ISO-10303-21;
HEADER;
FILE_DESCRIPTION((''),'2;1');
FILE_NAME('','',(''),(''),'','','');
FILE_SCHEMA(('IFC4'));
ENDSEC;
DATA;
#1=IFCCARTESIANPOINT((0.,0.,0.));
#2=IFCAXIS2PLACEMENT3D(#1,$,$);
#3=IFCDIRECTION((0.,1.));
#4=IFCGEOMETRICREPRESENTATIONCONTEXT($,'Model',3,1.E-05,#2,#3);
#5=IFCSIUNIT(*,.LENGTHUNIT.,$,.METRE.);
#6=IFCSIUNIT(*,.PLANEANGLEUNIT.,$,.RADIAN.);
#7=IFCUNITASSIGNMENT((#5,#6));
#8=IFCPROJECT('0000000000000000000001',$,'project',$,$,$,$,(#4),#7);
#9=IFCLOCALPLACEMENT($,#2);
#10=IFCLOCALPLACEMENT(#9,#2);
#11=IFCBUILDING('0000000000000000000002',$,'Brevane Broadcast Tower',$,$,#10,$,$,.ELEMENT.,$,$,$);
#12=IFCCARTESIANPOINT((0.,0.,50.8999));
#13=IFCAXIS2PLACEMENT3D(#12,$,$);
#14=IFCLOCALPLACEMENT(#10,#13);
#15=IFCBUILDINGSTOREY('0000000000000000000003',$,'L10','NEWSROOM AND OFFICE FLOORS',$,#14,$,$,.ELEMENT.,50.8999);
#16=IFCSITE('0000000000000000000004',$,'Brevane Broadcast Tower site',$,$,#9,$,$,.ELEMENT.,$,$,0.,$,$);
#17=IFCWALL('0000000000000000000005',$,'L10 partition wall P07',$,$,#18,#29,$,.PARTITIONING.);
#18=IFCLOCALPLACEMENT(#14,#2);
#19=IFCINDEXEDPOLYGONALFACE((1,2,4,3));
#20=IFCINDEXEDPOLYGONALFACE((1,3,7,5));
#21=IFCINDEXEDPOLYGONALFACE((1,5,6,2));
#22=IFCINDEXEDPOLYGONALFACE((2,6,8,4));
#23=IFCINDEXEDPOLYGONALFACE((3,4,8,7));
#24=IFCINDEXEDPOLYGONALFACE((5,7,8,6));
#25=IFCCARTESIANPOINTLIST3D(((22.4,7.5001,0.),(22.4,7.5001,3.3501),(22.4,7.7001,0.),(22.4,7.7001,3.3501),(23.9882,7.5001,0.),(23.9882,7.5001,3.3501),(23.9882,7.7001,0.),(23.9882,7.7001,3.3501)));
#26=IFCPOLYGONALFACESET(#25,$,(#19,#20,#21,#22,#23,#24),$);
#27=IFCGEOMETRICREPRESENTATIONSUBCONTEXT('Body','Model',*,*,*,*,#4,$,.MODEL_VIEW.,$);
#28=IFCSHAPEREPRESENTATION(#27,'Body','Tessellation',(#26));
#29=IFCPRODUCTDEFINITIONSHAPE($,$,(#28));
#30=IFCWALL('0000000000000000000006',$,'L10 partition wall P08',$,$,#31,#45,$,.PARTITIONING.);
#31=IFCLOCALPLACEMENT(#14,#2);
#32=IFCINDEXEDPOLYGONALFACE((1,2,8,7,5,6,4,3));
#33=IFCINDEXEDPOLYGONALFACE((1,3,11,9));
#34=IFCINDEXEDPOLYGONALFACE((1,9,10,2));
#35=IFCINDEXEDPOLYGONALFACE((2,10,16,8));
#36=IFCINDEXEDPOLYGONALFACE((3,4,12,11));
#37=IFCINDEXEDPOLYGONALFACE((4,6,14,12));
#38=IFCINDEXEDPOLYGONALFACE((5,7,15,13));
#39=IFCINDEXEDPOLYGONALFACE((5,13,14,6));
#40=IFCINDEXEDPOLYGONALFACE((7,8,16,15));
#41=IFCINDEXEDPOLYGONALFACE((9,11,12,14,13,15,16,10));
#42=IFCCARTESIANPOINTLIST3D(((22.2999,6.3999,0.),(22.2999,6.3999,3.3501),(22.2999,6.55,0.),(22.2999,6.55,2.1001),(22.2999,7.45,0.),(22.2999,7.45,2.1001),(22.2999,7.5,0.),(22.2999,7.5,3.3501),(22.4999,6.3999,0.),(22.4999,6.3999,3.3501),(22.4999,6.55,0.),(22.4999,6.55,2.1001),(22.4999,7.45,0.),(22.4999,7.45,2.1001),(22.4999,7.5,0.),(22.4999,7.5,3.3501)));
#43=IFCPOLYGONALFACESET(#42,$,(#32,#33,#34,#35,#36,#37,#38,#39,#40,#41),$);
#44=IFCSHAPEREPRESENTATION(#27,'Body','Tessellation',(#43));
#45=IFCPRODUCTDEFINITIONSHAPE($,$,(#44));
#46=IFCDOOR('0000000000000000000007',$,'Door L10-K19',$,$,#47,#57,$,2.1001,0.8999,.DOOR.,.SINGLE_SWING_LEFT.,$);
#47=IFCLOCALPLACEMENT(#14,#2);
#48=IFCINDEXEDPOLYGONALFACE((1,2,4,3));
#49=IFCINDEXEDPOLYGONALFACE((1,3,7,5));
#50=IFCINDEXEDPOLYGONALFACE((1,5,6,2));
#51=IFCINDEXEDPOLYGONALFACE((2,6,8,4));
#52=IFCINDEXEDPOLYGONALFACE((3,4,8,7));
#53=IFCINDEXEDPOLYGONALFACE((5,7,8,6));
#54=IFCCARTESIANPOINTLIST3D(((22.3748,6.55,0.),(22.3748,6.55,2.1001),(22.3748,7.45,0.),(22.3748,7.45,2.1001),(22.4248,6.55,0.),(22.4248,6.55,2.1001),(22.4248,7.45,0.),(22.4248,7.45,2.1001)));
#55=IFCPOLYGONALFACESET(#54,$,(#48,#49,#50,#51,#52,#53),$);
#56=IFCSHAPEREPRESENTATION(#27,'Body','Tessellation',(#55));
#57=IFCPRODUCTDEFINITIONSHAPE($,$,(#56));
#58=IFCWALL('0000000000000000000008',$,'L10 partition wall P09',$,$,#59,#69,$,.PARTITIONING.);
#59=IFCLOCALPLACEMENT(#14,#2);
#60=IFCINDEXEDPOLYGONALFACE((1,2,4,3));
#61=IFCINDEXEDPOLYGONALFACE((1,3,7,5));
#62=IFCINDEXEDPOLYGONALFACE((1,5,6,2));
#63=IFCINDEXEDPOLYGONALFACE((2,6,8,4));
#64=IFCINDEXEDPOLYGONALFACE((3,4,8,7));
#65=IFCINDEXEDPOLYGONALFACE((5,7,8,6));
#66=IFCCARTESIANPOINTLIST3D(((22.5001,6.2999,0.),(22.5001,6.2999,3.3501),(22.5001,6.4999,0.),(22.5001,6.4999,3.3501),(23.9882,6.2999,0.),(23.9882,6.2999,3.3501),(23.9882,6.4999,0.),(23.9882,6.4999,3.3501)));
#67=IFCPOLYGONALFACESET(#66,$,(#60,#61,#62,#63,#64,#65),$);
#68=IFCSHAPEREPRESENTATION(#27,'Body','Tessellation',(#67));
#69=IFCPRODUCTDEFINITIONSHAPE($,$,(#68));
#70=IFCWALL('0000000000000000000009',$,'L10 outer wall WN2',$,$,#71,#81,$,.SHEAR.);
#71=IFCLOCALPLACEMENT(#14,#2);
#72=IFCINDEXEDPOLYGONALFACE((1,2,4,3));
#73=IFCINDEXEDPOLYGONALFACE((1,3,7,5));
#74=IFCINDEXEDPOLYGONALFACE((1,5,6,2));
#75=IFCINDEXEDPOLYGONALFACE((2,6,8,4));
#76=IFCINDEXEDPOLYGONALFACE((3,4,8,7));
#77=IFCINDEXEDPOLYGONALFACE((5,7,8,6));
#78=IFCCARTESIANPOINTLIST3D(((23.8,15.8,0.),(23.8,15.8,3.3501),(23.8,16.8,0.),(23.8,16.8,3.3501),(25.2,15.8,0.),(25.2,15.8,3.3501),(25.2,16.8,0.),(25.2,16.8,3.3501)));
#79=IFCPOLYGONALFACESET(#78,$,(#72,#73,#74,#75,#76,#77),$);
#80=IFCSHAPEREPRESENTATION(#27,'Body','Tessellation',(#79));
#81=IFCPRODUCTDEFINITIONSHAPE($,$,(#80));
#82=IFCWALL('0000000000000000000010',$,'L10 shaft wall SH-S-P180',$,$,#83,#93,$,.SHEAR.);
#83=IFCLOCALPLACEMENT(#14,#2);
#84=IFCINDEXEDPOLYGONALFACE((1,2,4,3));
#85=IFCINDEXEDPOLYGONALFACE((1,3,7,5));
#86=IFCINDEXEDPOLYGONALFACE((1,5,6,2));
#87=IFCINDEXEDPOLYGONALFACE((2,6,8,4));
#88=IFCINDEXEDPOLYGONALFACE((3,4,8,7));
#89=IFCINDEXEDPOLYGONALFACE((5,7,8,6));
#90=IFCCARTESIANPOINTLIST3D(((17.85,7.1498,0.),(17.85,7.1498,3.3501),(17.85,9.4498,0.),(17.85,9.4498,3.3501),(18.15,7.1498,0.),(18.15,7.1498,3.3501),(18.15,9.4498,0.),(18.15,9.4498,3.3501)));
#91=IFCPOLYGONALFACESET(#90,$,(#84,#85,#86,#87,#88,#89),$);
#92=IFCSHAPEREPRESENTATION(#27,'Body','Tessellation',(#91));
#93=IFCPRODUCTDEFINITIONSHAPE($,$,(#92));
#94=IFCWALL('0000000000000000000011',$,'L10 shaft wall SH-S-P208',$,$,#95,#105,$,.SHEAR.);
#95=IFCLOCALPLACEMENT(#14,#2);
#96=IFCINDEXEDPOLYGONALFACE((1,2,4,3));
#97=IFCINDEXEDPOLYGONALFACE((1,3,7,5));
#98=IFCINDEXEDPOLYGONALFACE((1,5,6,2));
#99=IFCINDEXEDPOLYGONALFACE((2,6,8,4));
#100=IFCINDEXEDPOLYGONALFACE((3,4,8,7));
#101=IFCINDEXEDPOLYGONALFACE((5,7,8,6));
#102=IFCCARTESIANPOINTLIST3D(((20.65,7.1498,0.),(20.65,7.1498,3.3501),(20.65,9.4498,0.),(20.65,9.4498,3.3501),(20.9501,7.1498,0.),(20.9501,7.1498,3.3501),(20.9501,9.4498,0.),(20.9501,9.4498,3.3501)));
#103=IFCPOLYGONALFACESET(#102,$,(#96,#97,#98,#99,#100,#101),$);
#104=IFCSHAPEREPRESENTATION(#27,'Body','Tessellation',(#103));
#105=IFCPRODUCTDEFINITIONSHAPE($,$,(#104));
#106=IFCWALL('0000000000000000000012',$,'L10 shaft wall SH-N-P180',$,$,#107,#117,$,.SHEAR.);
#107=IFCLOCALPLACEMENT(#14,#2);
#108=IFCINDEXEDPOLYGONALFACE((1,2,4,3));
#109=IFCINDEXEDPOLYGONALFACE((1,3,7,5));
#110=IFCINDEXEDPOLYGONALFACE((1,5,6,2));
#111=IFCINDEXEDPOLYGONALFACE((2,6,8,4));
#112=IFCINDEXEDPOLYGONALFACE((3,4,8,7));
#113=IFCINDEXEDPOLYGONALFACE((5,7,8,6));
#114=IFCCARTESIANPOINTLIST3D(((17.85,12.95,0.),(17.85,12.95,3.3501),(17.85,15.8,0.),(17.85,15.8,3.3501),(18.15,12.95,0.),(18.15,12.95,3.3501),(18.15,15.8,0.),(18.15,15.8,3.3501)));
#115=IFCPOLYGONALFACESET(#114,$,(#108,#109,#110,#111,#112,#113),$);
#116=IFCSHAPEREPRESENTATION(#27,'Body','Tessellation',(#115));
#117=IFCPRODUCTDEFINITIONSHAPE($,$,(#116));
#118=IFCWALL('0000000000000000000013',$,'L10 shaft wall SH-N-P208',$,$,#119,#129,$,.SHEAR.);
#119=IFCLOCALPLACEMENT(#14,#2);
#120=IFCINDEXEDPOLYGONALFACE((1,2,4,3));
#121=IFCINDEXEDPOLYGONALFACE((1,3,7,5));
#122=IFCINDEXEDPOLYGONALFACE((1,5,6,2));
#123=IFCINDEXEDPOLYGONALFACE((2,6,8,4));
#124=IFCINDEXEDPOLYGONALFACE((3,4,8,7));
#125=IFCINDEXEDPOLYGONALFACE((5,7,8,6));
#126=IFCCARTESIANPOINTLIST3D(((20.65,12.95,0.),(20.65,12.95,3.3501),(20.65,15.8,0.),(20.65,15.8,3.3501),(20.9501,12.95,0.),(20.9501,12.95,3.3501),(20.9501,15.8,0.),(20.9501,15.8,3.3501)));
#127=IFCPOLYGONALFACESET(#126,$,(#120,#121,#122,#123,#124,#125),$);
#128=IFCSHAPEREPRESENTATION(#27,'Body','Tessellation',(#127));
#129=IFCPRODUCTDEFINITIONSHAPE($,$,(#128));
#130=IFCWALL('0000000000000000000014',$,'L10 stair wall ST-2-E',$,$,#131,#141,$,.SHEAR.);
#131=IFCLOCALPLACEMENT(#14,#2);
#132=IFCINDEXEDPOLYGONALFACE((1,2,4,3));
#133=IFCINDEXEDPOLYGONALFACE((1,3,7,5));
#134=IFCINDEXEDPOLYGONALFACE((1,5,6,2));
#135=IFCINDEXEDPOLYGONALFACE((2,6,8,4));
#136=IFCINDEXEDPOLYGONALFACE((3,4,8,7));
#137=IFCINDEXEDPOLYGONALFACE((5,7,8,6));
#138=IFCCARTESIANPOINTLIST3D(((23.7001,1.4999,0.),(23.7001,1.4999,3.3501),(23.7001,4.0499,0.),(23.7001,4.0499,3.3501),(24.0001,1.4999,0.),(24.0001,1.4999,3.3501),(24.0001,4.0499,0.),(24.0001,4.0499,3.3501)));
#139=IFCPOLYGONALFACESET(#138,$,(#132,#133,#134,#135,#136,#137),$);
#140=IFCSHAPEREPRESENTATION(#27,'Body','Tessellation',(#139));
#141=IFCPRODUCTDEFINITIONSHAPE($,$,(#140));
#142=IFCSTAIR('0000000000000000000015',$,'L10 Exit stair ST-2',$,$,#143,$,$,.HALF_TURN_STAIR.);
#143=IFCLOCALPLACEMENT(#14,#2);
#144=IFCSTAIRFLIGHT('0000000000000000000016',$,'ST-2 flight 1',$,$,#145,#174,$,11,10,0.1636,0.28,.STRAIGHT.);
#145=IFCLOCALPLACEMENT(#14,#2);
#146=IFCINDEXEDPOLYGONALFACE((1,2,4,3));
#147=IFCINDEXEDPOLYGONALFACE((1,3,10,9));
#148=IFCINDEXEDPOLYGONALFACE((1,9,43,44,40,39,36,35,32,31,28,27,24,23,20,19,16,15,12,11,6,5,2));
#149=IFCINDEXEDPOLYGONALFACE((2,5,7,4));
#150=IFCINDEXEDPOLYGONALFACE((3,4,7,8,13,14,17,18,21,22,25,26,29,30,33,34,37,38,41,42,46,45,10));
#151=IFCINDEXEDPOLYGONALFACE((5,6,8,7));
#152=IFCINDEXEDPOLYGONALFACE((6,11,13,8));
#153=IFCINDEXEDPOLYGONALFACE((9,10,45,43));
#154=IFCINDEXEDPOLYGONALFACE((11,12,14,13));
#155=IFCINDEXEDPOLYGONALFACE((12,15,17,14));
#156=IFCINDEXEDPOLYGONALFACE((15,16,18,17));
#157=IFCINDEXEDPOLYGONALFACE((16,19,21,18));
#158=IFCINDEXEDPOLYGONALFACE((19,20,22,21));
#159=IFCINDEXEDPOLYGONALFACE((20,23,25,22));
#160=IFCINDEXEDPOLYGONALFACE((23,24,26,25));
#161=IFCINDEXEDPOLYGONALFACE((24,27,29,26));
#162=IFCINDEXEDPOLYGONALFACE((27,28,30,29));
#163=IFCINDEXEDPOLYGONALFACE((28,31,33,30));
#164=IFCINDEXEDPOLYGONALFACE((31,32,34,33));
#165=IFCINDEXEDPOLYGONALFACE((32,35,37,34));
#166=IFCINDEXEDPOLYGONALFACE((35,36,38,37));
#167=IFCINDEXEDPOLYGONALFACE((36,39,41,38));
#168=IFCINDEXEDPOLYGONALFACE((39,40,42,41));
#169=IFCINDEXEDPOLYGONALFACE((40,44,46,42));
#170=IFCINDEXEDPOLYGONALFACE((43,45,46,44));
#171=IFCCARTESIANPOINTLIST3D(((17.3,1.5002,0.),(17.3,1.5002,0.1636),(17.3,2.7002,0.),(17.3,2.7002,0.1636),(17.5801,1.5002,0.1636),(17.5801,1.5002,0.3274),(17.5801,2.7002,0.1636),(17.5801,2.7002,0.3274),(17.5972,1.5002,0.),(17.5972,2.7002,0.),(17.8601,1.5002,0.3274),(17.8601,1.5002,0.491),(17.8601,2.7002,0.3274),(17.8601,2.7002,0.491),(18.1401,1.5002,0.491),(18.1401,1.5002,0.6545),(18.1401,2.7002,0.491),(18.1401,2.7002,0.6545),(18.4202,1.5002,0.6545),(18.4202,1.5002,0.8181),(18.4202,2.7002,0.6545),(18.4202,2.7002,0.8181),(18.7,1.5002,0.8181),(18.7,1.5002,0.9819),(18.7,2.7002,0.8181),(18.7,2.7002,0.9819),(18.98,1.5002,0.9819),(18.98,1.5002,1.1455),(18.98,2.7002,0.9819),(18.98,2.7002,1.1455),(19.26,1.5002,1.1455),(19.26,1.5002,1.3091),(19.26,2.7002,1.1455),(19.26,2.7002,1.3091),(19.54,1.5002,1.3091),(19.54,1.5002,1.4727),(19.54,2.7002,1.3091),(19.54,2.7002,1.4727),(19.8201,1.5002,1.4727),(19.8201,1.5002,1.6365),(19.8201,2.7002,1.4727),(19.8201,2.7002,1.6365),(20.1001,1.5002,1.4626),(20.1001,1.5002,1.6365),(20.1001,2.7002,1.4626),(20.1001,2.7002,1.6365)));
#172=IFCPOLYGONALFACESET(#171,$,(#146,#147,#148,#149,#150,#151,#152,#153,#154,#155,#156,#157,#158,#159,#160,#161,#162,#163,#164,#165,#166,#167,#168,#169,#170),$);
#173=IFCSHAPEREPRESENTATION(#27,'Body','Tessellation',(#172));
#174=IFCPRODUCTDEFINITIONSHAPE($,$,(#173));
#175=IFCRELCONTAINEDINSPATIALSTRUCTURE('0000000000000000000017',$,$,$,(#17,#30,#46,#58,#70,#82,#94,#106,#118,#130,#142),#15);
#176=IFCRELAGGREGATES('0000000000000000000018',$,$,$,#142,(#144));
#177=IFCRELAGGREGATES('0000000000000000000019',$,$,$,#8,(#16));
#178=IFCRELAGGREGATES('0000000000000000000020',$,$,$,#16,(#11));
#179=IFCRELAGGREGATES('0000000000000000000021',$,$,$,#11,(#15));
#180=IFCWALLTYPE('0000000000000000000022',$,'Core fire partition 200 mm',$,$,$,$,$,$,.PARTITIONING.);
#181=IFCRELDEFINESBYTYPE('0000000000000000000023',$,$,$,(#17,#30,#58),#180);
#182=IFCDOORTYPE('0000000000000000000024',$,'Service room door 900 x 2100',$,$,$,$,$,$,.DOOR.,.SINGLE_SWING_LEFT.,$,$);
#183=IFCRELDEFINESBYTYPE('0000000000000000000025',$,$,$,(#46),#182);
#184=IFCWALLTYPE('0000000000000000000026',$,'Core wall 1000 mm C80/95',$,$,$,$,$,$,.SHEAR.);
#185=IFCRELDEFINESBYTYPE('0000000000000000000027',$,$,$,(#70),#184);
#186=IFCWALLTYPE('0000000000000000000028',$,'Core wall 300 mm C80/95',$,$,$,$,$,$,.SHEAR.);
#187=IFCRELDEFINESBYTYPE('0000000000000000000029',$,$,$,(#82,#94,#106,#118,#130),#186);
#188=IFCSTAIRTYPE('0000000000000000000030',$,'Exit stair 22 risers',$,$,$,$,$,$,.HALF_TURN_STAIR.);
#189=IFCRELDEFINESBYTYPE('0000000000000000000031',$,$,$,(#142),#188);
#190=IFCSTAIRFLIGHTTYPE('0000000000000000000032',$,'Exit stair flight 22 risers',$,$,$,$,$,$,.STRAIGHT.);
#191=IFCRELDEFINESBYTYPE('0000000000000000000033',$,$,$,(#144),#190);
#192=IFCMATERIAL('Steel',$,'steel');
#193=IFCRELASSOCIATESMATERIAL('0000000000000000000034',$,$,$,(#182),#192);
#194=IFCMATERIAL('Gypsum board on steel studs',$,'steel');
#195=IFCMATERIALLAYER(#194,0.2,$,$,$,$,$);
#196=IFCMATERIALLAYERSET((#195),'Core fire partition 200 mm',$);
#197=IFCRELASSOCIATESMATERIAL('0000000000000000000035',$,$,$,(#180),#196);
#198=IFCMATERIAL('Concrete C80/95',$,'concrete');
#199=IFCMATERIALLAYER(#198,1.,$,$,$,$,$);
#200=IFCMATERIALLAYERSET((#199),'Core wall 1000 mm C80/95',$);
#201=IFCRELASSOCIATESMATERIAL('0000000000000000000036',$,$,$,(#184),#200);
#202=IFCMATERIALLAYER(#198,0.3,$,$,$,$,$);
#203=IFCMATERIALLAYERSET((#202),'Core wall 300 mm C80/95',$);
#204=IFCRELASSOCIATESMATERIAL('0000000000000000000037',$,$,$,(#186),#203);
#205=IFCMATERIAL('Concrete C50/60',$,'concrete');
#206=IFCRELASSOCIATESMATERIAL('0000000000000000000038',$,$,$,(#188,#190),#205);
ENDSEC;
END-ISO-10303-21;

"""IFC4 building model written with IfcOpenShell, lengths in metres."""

from ifc_helpers import new_model, si_unit, direction, frame, frame_2d, origin, place, context, subcontext, project, spatial, polyline, rectangle, outline, extrude, material, layer, layer_set, type_object, element, fill, aggregate, save


model = new_model("IFC4")

# Units and contexts
model_context = context("Model", 3, precision=1e-05, world=origin(), true_north=direction((0.0, 1.0)))
body_context = subcontext(model_context, "Body", "Model", "MODEL_VIEW")
ifc_project = project(units=[si_unit("LENGTHUNIT", "METRE"), si_unit("PLANEANGLEUNIT", "RADIAN")], contexts=[model_context])

# Site, building, storey
site_placement = place(None, origin())
site = spatial("IfcSite", under=ifc_project, at=site_placement, Name="Brevane Broadcast Tower site", CompositionType="ELEMENT", RefElevation=0.0)
building_placement = place(site_placement, origin())
building = spatial("IfcBuilding", under=site, at=building_placement, Name="Brevane Broadcast Tower", CompositionType="ELEMENT")
storey_placement = place(building_placement, frame((0.0, 0.0, 50.8999)))
storey = spatial("IfcBuildingStorey", under=building, at=storey_placement, Name="L10", Description="NEWSROOM AND OFFICE FLOORS", CompositionType="ELEMENT", Elevation=50.8999)

# Shared definitions
ifc_material_1 = material(Name="Gypsum board on steel studs", Category="steel")
ifc_material_2 = material(Name="Steel", Category="steel")

# Shared definitions
door_type_1 = type_object("IfcDoorType", Name="Service room door 900 x 2100", OperationType="SINGLE_SWING_LEFT", PredefinedType="DOOR", material=ifc_material_2)

# Wall
ifc_layer_1 = layer(ifc_material_1, 0.2)
ifc_layer_set_1 = layer_set([ifc_layer_1], Name="Core fire partition 200 mm")
wall_type_1 = type_object("IfcWallType", Name="Core fire partition 200 mm", PredefinedType="PARTITIONING", material=ifc_layer_set_1)
wall_1_placement = place(storey_placement, frame((23.988, 7.6001, 0.0), z_axis=(0.0, 0.0, 1.0), x_axis=(-1.0, 0.0, 0.0)))
element("IfcWall", 1, at=wall_1_placement, inside=storey, type_object=wall_type_1, Name="L10 partition wall P07", PredefinedType="PARTITIONING", context=body_context, shape_type="SweptSolid", body=[
    extrude(rectangle(XDim=1.5881, YDim=0.2, at=frame_2d((0.7939, 0.0))), origin(), (0.0, 0.0, 1.0), 3.3501),
])

# Wall, opening, door
wall_2_placement = place(storey_placement, frame((22.3999, 7.5, 0.0), z_axis=(0.0, 0.0, 1.0), x_axis=(0.0, -1.0, 0.0)))
wall_2 = element("IfcWall", 2, at=wall_2_placement, inside=storey, type_object=wall_type_1, Name="L10 partition wall P08", PredefinedType="PARTITIONING", context=body_context, shape_type="SweptSolid", body=[
    extrude(rectangle(XDim=1.1001, YDim=0.2, at=frame_2d((0.55, 0.0))), origin(), (0.0, 0.0, 1.0), 3.3501),
])
opening_1_placement = place(wall_2_placement, frame((0.05, 0.0, 0.0)))
opening_1 = element("IfcOpeningElement", 3, at=opening_1_placement, cuts=wall_2, PredefinedType="OPENING", context=body_context, shape_type="SweptSolid", body=[
    extrude(rectangle(XDim=0.8999, YDim=2.1001, at=frame_2d((0.45, 1.05))), frame((0.0, 0.1099, 0.0), z_axis=(0.0, -1.0, 0.0), x_axis=(1.0, 0.0, 0.0)), (0.0, 0.0, 1.0), 0.22),
])
door_1_placement = place(opening_1_placement, origin())
door_1 = element("IfcDoor", 4, at=door_1_placement, inside=storey, type_object=door_type_1, Name="Door L10-K19", OperationType="SINGLE_SWING_LEFT", OverallHeight=2.1001, OverallWidth=0.8999, PredefinedType="DOOR", context=body_context, shape_type="SweptSolid", body=[
    extrude(rectangle(XDim=0.8999, YDim=2.1001, at=frame_2d((0.45, 1.05))), frame((0.0, 0.0249, 0.0), z_axis=(0.0, -1.0, 0.0), x_axis=(1.0, 0.0, 0.0)), (0.0, 0.0, 1.0), 0.05),
])
fill(opening_1, door_1)

# Walls
wall_3_placement = place(storey_placement, frame((22.5, 6.3999, 0.0), z_axis=(0.0, 0.0, 1.0), x_axis=(1.0, 0.0, 0.0)))
element("IfcWall", 5, at=wall_3_placement, inside=storey, type_object=wall_type_1, Name="L10 partition wall P09", PredefinedType="PARTITIONING", context=body_context, shape_type="SweptSolid", body=[
    extrude(rectangle(XDim=1.488, YDim=0.2, at=frame_2d((0.7441, 0.0))), origin(), (0.0, 0.0, 1.0), 3.3501),
])
ifc_material_3 = material(Name="Concrete C80/95", Category="concrete")
ifc_layer_2 = layer(ifc_material_3, 1.0)
ifc_layer_set_2 = layer_set([ifc_layer_2], Name="Core wall 1000 mm C80/95")
wall_type_2 = type_object("IfcWallType", Name="Core wall 1000 mm C80/95", PredefinedType="SHEAR", material=ifc_layer_set_2)
wall_4_placement = place(storey_placement, frame((23.8, 16.3, 0.0), z_axis=(0.0, 0.0, 1.0), x_axis=(1.0, 0.0, 0.0)))
element("IfcWall", 6, at=wall_4_placement, inside=storey, type_object=wall_type_2, Name="L10 outer wall WN2", PredefinedType="SHEAR", context=body_context, shape_type="SweptSolid", body=[
    extrude(rectangle(XDim=1.3999, YDim=1.0, at=frame_2d((0.7, 0.0))), origin(), (0.0, 0.0, 1.0), 3.3501),
])
ifc_layer_3 = layer(ifc_material_3, 0.3)
ifc_layer_set_3 = layer_set([ifc_layer_3], Name="Core wall 300 mm C80/95")
wall_type_3 = type_object("IfcWallType", Name="Core wall 300 mm C80/95", PredefinedType="SHEAR", material=ifc_layer_set_3)
for number, where, z_axis, x_axis, name in (
    (7, (18.0, 7.1499, 0.0), (0.0, 0.0, 1.0), (0.0, 1.0, 0.0), "L10 shaft wall SH-S-P180"),
    (8, (20.8, 7.1499, 0.0), (0.0, 0.0, 1.0), (0.0, 1.0, 0.0), "L10 shaft wall SH-S-P208"),
):
    element("IfcWall", number, at=place(storey_placement, frame(where, z_axis=z_axis, x_axis=x_axis)), inside=storey, type_object=wall_type_3, Name=name, PredefinedType="SHEAR", context=body_context, shape_type="SweptSolid", body=[
        extrude(rectangle(XDim=2.3, YDim=0.3, at=frame_2d((1.1499, 0.0))), origin(), (0.0, 0.0, 1.0), 3.3501),
    ])
for number, where, z_axis, x_axis, name in (
    (9, (18.0, 12.95, 0.0), (0.0, 0.0, 1.0), (0.0, 1.0, 0.0), "L10 shaft wall SH-N-P180"),
    (10, (20.8, 12.95, 0.0), (0.0, 0.0, 1.0), (0.0, 1.0, 0.0), "L10 shaft wall SH-N-P208"),
):
    element("IfcWall", number, at=place(storey_placement, frame(where, z_axis=z_axis, x_axis=x_axis)), inside=storey, type_object=wall_type_3, Name=name, PredefinedType="SHEAR", context=body_context, shape_type="SweptSolid", body=[
        extrude(rectangle(XDim=2.8501, YDim=0.3, at=frame_2d((1.425, 0.0))), origin(), (0.0, 0.0, 1.0), 3.3501),
    ])
wall_5_placement = place(storey_placement, frame((23.8501, 1.5, 0.0), z_axis=(0.0, 0.0, 1.0), x_axis=(0.0, 1.0, 0.0)))
element("IfcWall", 11, at=wall_5_placement, inside=storey, type_object=wall_type_3, Name="L10 stair wall ST-2-E", PredefinedType="SHEAR", context=body_context, shape_type="SweptSolid", body=[
    extrude(rectangle(XDim=2.55, YDim=0.3, at=frame_2d((1.2749, 0.0))), origin(), (0.0, 0.0, 1.0), 3.3501),
])

# Stair, stair flight
ifc_material_4 = material(Name="Concrete C50/60", Category="concrete")
stair_type = type_object("IfcStairType", Name="Exit stair 22 risers", PredefinedType="HALF_TURN_STAIR", material=ifc_material_4)
stair_placement = place(storey_placement, origin())
stair = element("IfcStair", 12, at=stair_placement, inside=storey, type_object=stair_type, Name="L10 Exit stair ST-2", PredefinedType="HALF_TURN_STAIR")
stair_flight_type = type_object("IfcStairFlightType", Name="Exit stair flight 22 risers", PredefinedType="STRAIGHT", material=ifc_material_4)
stair_flight_1_placement = place(storey_placement, frame((17.3, 2.1001, 0.0), z_axis=(0.0, 0.0, 1.0), x_axis=(1.0, 0.0, 0.0)))
stair_flight_1 = element("IfcStairFlight", 13, at=stair_flight_1_placement, type_object=stair_flight_type, Name="ST-2 flight 1", NumberOfRisers=11, NumberOfTreads=10, PredefinedType="STRAIGHT", RiserHeight=0.1636, TreadLength=0.28, context=body_context, shape_type="SweptSolid", body=[
    extrude(outline(polyline([(0.0, 0.0), (0.0, 0.1636), (0.28, 0.1636), (0.28, 0.3274), (0.5601, 0.3274), (0.5601, 0.491), (0.8401, 0.491), (0.8401, 0.6545), (1.1201, 0.6545), (1.1201, 0.8181), (1.3999, 0.8181), (1.3999, 0.9819), (1.6799, 0.9819), (1.6799, 1.1455), (1.96, 1.1455), (1.96, 1.3091), (2.24, 1.3091), (2.24, 1.4727), (2.52, 1.4727), (2.52, 1.6365), (2.8, 1.6365), (2.8, 1.8), (2.8, 1.4626), (0.2971, 0.0), (0.0, 0.0)])), frame((0.0, 0.6001, 0.0), z_axis=(0.0, -1.0, 0.0), x_axis=(1.0, 0.0, 0.0)), (0.0, 0.0, 1.0), 1.2),
])
aggregate(stair, [stair_flight_1])

save(model, "model.ifc")
